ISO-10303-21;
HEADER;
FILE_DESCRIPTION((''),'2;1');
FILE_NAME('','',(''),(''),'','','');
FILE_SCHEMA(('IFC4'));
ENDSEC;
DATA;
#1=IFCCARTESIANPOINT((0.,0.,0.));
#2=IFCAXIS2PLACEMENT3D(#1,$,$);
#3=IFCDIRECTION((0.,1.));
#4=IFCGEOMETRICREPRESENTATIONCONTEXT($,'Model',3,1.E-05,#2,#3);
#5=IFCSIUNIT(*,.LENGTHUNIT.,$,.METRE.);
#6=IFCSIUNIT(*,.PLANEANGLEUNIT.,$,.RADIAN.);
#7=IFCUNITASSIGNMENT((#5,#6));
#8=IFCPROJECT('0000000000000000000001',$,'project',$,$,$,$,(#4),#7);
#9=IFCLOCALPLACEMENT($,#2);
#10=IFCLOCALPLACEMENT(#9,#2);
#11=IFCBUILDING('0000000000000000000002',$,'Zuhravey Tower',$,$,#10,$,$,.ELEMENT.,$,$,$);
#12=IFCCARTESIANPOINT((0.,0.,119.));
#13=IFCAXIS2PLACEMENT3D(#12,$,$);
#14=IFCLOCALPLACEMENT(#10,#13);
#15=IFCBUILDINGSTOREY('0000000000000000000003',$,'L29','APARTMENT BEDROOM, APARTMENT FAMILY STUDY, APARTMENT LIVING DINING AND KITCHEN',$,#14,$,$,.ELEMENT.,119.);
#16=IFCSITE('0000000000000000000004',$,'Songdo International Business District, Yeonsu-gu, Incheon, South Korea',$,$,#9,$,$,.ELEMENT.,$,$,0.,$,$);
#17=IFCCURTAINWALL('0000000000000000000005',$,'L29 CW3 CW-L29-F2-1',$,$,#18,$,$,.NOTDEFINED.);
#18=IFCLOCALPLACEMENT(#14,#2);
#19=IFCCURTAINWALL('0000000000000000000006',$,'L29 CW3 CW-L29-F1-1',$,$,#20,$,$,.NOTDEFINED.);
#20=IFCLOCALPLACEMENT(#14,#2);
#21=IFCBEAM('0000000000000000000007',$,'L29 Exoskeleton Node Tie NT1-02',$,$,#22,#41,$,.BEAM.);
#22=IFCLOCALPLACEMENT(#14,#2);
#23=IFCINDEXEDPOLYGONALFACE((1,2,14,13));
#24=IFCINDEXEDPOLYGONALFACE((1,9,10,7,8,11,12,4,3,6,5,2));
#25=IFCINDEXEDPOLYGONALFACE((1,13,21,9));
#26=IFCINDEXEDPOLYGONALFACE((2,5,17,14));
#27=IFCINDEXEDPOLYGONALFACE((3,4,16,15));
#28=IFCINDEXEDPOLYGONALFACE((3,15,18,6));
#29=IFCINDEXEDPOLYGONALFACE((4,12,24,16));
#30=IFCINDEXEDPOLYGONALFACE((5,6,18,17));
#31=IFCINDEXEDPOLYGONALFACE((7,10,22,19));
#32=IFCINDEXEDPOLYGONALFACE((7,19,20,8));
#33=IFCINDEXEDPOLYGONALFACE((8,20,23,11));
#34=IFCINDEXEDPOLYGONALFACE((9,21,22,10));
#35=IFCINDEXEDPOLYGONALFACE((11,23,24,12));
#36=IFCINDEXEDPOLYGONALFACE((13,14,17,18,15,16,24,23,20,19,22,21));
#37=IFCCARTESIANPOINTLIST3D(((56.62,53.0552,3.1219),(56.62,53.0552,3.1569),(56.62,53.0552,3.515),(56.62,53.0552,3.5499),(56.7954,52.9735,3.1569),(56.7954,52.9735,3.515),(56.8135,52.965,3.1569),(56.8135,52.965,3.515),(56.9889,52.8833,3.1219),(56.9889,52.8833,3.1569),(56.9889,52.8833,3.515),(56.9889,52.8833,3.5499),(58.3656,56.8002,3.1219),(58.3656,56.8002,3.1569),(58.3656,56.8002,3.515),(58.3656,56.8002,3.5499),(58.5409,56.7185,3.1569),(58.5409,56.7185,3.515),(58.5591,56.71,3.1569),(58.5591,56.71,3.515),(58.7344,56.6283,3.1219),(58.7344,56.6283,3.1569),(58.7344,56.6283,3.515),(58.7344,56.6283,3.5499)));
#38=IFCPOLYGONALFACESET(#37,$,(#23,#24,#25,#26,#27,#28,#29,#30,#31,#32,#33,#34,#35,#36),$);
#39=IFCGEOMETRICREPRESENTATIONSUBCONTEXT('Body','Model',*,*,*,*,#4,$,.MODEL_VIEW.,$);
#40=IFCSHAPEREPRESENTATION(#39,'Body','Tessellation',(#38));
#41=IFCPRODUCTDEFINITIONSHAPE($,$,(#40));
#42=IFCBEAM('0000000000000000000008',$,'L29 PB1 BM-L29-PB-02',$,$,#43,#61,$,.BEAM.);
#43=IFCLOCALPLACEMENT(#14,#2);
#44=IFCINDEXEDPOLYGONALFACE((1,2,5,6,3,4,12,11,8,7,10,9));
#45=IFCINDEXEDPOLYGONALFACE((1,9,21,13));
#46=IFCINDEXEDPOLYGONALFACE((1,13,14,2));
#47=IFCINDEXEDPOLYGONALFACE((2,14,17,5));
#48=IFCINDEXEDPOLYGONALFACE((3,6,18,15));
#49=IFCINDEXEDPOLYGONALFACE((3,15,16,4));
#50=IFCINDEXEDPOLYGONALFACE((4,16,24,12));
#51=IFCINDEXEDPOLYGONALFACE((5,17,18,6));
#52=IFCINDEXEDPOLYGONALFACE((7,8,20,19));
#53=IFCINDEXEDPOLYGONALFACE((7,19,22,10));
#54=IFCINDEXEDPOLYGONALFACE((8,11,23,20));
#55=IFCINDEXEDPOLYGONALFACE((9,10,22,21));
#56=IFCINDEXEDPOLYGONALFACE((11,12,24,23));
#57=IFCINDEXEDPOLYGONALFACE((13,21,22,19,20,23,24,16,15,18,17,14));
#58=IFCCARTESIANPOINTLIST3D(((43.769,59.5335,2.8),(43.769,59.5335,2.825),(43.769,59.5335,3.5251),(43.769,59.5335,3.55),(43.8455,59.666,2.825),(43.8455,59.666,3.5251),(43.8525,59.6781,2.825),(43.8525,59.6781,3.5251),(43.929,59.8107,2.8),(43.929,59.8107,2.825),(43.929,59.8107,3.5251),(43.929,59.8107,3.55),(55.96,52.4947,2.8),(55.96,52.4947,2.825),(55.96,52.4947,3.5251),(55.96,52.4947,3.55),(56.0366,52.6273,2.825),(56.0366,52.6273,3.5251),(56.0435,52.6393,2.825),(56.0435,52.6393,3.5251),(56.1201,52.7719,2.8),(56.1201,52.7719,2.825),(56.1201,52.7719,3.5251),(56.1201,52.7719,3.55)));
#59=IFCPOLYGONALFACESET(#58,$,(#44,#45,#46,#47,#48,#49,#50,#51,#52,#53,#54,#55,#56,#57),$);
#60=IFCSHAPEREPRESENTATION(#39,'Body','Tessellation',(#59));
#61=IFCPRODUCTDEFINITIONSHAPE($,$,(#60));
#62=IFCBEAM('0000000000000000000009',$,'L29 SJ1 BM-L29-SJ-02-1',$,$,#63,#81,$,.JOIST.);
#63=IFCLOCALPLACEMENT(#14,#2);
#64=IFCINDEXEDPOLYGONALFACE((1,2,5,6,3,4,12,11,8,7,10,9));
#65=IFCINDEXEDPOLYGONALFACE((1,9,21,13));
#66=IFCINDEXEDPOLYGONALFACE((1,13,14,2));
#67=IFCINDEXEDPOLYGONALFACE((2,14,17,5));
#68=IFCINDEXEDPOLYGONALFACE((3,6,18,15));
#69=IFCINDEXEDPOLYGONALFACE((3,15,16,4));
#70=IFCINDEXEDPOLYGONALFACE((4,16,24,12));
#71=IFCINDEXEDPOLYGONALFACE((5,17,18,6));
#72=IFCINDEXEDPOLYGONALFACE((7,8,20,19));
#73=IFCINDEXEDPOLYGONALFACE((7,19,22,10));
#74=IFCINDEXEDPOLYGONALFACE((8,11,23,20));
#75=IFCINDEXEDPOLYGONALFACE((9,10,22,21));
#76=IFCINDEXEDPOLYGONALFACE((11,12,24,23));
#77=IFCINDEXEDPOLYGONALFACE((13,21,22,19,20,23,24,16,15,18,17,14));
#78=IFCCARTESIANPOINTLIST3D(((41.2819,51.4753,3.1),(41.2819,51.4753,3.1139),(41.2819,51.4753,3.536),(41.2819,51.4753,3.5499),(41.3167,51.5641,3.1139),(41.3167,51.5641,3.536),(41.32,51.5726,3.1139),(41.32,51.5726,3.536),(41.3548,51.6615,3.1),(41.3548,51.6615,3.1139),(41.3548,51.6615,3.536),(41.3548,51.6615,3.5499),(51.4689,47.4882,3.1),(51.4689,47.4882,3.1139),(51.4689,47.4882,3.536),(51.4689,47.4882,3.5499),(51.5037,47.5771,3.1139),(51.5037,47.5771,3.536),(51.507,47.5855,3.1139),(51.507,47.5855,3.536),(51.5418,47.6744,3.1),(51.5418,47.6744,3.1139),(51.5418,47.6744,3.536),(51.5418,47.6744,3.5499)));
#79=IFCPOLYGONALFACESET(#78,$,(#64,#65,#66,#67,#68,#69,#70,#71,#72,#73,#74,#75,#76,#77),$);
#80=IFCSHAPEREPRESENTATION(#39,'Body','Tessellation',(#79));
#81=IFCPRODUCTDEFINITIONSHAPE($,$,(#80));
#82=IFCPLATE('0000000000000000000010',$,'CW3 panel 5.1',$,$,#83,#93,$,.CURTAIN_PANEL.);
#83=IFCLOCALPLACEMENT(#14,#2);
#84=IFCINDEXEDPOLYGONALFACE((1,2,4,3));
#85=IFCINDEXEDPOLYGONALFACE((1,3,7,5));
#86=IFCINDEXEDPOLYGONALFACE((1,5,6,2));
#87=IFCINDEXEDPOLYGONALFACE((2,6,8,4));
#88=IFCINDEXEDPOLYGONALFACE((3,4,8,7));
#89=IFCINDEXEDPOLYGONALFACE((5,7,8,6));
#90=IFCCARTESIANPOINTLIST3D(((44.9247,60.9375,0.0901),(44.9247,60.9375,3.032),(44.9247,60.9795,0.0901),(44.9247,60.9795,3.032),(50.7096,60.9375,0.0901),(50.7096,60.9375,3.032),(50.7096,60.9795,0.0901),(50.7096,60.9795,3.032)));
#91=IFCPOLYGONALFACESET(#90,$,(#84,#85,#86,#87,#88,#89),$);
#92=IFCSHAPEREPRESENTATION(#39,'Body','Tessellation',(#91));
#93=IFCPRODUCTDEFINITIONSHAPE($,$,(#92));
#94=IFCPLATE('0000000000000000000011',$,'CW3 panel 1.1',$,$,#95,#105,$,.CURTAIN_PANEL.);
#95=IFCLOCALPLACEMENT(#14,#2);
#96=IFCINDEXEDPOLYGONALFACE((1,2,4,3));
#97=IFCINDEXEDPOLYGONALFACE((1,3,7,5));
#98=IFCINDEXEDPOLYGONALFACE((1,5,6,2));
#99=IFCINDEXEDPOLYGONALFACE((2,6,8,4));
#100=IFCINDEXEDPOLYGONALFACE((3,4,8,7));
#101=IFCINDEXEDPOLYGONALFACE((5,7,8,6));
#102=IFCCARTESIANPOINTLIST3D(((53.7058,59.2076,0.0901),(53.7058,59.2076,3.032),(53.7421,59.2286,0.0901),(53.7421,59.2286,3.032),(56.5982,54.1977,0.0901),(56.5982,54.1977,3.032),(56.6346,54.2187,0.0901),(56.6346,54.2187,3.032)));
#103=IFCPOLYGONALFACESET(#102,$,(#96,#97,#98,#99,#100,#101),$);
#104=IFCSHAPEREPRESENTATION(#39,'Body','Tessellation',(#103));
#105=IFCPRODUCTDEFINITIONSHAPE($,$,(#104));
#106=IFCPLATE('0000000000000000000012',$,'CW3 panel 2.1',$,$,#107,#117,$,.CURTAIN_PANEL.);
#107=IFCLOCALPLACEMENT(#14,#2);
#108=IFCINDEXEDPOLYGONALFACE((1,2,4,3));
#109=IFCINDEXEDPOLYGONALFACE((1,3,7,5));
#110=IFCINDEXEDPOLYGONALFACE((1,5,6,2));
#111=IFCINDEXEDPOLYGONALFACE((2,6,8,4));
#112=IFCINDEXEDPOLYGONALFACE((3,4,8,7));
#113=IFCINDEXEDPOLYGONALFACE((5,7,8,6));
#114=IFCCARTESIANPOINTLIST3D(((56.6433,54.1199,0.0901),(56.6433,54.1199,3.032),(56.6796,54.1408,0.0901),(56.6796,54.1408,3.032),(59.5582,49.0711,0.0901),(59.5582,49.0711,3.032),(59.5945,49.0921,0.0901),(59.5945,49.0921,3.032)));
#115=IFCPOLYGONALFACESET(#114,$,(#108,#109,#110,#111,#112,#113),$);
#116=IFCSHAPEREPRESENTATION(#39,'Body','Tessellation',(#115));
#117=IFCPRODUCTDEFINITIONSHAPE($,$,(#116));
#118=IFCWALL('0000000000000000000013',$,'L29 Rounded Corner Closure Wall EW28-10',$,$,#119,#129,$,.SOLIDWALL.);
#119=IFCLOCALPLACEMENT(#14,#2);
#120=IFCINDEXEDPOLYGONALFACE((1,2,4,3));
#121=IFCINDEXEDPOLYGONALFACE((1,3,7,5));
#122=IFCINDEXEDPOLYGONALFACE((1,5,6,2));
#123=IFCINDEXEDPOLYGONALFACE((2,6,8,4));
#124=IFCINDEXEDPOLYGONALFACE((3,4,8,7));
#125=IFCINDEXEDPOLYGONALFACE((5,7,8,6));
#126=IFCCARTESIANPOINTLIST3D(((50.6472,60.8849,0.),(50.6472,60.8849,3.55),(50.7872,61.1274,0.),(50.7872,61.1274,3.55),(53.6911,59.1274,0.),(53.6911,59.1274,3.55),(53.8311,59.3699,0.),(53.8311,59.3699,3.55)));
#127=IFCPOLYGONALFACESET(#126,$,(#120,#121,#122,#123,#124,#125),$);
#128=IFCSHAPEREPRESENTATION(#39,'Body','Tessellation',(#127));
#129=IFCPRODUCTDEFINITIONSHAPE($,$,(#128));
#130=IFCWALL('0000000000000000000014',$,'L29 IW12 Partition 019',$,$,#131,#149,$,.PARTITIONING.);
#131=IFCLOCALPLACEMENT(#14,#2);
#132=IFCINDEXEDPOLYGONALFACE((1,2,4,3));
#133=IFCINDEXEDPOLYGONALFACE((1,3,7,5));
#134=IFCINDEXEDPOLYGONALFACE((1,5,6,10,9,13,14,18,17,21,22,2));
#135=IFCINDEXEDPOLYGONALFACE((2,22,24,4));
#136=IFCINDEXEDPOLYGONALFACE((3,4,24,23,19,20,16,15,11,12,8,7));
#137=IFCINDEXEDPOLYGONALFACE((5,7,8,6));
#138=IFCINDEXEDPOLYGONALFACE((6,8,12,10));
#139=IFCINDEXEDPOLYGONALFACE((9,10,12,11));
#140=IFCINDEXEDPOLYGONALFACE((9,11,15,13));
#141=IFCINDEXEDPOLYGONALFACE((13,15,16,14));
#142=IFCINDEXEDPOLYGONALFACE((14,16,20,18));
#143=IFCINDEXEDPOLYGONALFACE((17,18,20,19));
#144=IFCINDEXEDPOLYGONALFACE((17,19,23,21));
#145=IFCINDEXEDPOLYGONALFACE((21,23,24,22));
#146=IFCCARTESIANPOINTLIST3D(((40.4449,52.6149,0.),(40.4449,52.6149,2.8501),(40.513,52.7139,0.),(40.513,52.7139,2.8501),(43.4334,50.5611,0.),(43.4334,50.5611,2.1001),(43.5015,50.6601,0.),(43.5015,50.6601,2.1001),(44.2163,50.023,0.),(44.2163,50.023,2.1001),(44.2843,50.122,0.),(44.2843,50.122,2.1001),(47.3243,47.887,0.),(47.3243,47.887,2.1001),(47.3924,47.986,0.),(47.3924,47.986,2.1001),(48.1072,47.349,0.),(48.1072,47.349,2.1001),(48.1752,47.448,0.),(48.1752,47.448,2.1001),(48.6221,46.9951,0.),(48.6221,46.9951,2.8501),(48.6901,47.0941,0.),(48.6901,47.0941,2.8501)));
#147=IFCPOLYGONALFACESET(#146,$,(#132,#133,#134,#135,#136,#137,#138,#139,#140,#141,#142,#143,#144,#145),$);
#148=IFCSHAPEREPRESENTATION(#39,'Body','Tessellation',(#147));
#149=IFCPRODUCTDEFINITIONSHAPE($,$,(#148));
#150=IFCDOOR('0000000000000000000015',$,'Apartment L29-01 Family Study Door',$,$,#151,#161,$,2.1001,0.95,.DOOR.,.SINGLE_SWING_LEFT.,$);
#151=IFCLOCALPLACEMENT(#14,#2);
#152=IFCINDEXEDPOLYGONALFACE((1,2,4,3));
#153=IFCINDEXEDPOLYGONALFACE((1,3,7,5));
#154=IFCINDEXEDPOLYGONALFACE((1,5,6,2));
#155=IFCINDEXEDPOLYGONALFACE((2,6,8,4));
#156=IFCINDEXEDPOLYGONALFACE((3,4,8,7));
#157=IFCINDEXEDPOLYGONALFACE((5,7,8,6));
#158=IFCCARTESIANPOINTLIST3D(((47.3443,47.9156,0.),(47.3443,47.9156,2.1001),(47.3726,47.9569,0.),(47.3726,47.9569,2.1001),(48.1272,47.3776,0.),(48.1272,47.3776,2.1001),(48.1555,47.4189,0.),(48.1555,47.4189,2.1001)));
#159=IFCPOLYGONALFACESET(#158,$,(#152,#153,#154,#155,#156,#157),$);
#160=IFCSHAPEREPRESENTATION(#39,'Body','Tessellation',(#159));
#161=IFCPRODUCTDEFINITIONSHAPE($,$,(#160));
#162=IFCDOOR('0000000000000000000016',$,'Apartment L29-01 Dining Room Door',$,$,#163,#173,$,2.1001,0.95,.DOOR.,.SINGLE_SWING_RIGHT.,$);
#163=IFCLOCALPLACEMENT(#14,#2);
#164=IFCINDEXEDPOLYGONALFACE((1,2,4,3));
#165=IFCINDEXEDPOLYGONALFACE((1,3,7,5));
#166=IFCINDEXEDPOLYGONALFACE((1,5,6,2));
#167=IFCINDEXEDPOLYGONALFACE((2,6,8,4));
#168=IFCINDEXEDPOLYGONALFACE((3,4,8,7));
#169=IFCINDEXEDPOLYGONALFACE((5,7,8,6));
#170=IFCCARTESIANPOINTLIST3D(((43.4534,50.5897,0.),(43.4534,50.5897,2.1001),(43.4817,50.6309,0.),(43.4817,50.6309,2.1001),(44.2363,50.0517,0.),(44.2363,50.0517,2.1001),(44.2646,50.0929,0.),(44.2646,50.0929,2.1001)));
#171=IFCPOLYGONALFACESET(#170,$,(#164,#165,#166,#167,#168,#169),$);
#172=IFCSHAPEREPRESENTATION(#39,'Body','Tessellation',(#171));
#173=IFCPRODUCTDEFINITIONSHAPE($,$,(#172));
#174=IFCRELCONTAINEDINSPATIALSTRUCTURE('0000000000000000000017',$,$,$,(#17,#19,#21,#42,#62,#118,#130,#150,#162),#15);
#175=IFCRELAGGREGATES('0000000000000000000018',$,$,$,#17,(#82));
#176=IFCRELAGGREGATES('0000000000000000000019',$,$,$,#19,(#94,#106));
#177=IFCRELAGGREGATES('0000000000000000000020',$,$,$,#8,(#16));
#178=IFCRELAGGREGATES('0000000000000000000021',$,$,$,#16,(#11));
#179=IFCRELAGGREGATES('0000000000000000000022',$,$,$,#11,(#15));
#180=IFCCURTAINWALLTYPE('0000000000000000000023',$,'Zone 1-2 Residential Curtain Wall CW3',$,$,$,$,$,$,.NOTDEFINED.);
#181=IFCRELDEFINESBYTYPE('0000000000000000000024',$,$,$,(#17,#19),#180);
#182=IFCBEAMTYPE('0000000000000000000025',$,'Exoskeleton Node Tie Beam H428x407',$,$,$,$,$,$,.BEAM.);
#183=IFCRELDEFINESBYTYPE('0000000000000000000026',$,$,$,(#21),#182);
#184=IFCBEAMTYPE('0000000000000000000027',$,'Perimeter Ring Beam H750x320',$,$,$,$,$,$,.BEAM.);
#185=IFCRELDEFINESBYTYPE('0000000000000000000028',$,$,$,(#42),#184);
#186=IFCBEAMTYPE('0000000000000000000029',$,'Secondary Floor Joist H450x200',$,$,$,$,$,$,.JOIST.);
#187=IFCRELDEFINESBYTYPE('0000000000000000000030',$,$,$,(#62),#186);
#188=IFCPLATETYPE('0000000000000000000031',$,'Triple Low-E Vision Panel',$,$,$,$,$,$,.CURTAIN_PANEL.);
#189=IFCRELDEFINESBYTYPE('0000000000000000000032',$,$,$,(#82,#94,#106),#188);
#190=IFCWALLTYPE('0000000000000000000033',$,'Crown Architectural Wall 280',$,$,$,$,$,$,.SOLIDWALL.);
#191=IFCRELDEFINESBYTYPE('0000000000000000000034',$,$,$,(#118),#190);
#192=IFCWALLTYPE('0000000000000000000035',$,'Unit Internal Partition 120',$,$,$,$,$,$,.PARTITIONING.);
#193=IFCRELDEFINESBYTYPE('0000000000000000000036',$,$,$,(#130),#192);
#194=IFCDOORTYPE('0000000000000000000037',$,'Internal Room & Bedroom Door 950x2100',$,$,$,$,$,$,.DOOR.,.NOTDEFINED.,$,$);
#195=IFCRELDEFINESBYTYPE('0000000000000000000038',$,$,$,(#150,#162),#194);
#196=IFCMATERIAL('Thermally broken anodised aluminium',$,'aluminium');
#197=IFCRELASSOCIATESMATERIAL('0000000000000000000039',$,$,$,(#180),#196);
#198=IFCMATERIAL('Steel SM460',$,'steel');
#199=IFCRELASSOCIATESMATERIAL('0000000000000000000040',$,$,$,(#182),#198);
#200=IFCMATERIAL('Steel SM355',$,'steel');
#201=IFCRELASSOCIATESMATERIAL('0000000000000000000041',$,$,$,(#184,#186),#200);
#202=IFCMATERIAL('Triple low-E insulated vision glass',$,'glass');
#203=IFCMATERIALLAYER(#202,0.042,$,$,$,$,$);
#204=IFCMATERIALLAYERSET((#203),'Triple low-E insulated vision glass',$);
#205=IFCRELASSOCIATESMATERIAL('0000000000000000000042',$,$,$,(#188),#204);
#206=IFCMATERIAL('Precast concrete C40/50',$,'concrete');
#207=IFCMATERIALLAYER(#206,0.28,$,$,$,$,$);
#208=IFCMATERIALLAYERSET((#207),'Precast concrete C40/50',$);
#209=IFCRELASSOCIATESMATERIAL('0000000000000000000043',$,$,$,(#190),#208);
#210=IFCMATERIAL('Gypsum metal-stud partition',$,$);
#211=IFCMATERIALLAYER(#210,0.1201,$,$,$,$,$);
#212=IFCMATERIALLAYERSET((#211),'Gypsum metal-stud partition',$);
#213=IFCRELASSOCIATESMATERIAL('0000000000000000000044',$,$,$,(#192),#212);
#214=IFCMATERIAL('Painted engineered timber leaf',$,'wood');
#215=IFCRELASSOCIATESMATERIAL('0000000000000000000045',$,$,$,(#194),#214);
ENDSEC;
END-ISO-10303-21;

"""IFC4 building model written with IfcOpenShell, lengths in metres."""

from ifc_helpers import new_model, si_unit, direction, frame, frame_2d, origin, origin_2d, place, context, subcontext, project, spatial, rectangle, i_section, extrude, material, layer, layer_set, material_profile, profile_set, type_object, element, fill, aggregate, save


model = new_model("IFC4")

# Units and contexts
model_context = context("Model", 3, precision=1e-05, world=origin(), true_north=direction((0.0, 1.0)))
body_context = subcontext(model_context, "Body", "Model", "MODEL_VIEW")
ifc_project = project(units=[si_unit("LENGTHUNIT", "METRE"), si_unit("PLANEANGLEUNIT", "RADIAN")], contexts=[model_context])

# Site, building, storey
site_placement = place(None, origin())
site = spatial("IfcSite", under=ifc_project, at=site_placement, Name="Songdo International Business District, Yeonsu-gu, Incheon, South Korea", CompositionType="ELEMENT", RefElevation=0.0)
building_placement = place(site_placement, origin())
building = spatial("IfcBuilding", under=site, at=building_placement, Name="Zuhravey Tower", CompositionType="ELEMENT")
storey_placement = place(building_placement, frame((0.0, 0.0, 119.0)))
storey = spatial("IfcBuildingStorey", under=building, at=storey_placement, Name="L29", Description="APARTMENT BEDROOM, APARTMENT FAMILY STUDY, APARTMENT LIVING DINING AND KITCHEN", CompositionType="ELEMENT", Elevation=119.0)

# Curtain wall
ifc_material_1 = material(Name="Thermally broken anodised aluminium", Category="aluminium")
curtain_wall_type = type_object("IfcCurtainWallType", Name="Zone 1-2 Residential Curtain Wall CW3", PredefinedType="NOTDEFINED", material=ifc_material_1)
curtain_wall_1_placement = place(storey_placement, origin())
curtain_wall_1 = element("IfcCurtainWall", 1, at=curtain_wall_1_placement, inside=storey, type_object=curtain_wall_type, Name="L29 CW3 CW-L29-F2-1", PredefinedType="NOTDEFINED")

# Curtain wall
curtain_wall_2_placement = place(storey_placement, origin())
curtain_wall_2 = element("IfcCurtainWall", 2, at=curtain_wall_2_placement, inside=storey, type_object=curtain_wall_type, Name="L29 CW3 CW-L29-F1-1", PredefinedType="NOTDEFINED")

# Beams
ifc_material_2 = material(Name="Steel SM460", Category="steel")
ifc_material_profile_1 = material_profile(ifc_material_2, i_section(OverallWidth=0.407, OverallDepth=0.428, WebThickness=0.02, FlangeThickness=0.0349, at=origin_2d()), Name="H-428x407x20x35")
ifc_profile_set_1 = profile_set([ifc_material_profile_1], Name="Steel SM460")
beam_type_1 = type_object("IfcBeamType", Name="Exoskeleton Node Tie Beam H428x407", PredefinedType="BEAM", material=ifc_profile_set_1)
beam_1_placement = place(storey_placement, frame((56.8044, 52.9692, 3.3359), z_axis=(0.422465, 0.906379, 0.0), x_axis=(-0.906379, 0.422465, 0.0)))
element("IfcBeam", 3, at=beam_1_placement, inside=storey, type_object=beam_type_1, Name="L29 Exoskeleton Node Tie NT1-02", PredefinedType="BEAM", context=body_context, shape_type="SweptSolid", body=[
    extrude(i_section(OverallWidth=0.407, OverallDepth=0.428, WebThickness=0.02, FlangeThickness=0.0349, at=origin_2d()), origin(), (0.0, 0.0, 1.0), 4.1318),
])
ifc_material_3 = material(Name="Steel SM355", Category="steel")
ifc_material_profile_2 = material_profile(ifc_material_3, i_section(OverallWidth=0.3201, OverallDepth=0.75, WebThickness=0.0139, FlangeThickness=0.0249, at=origin_2d()), Name="H-750x320x14x25")
ifc_profile_set_2 = profile_set([ifc_material_profile_2], Name="Steel SM355")
beam_type_2 = type_object("IfcBeamType", Name="Perimeter Ring Beam H750x320", PredefinedType="BEAM", material=ifc_profile_set_2)
beam_2_placement = place(storey_placement, frame((56.04, 52.6333, 3.175), z_axis=(-0.866018, 0.500013, 0.0), x_axis=(-0.500013, -0.866018, 0.0)))
element("IfcBeam", 4, at=beam_2_placement, inside=storey, type_object=beam_type_2, Name="L29 PB1 BM-L29-PB-02", PredefinedType="BEAM", context=body_context, shape_type="SweptSolid", body=[
    extrude(i_section(OverallWidth=0.3201, OverallDepth=0.75, WebThickness=0.0139, FlangeThickness=0.0249, at=origin_2d()), origin(), (0.0, 0.0, 1.0), 14.0771),
])
ifc_material_profile_3 = material_profile(ifc_material_3, i_section(OverallWidth=0.2, OverallDepth=0.45, WebThickness=0.009, FlangeThickness=0.0139, at=origin_2d()), Name="H-450x200x9x14")
ifc_profile_set_3 = profile_set([ifc_material_profile_3], Name="Steel SM355")
beam_type_3 = type_object("IfcBeamType", Name="Secondary Floor Joist H450x200", PredefinedType="JOIST", material=ifc_profile_set_3)
beam_3_placement = place(storey_placement, frame((51.5054, 47.5813, 3.325), z_axis=(-0.931217, 0.364466, 0.0), x_axis=(-0.364466, -0.931217, 0.0)))
element("IfcBeam", 5, at=beam_3_placement, inside=storey, type_object=beam_type_3, Name="L29 SJ1 BM-L29-SJ-02-1", PredefinedType="JOIST", context=body_context, shape_type="SweptSolid", body=[
    extrude(i_section(OverallWidth=0.2, OverallDepth=0.45, WebThickness=0.009, FlangeThickness=0.0139, at=origin_2d()), origin(), (0.0, 0.0, 1.0), 10.9395),
])

# Plates
ifc_material_4 = material(Name="Triple low-E insulated vision glass", Category="glass")
ifc_layer_1 = layer(ifc_material_4, 0.042)
ifc_layer_set_1 = layer_set([ifc_layer_1], Name="Triple low-E insulated vision glass")
plate_type = type_object("IfcPlateType", Name="Triple Low-E Vision Panel", PredefinedType="CURTAIN_PANEL", material=ifc_layer_set_1)
plate_1_placement = place(storey_placement, frame((47.8171, 60.9585, 0.0901), z_axis=(0.0, 0.0, 1.0), x_axis=(1.0, 0.0, 0.0)))
plate_1 = element("IfcPlate", 6, at=plate_1_placement, type_object=plate_type, Name="CW3 panel 5.1", PredefinedType="CURTAIN_PANEL", context=body_context, shape_type="SweptSolid", body=[
    extrude(rectangle(XDim=5.7849, YDim=0.042, at=origin_2d()), origin(), (0.0, 0.0, 1.0), 2.9419),
])
aggregate(curtain_wall_1, [plate_1])
plate_2_placement = place(storey_placement, frame((55.1702, 56.7131, 0.0901), z_axis=(0.0, 0.0, 1.0), x_axis=(0.5, -0.866026, 0.0)))
plate_2 = element("IfcPlate", 7, at=plate_2_placement, type_object=plate_type, Name="CW3 panel 1.1", PredefinedType="CURTAIN_PANEL", context=body_context, shape_type="SweptSolid", body=[
    extrude(rectangle(XDim=5.7849, YDim=0.042, at=origin_2d()), origin(), (0.0, 0.0, 1.0), 2.9419),
])
plate_3_placement = place(storey_placement, frame((58.1189, 51.606, 0.0901), z_axis=(0.0, 0.0, 1.0), x_axis=(0.5, -0.866026, 0.0)))
plate_3 = element("IfcPlate", 8, at=plate_3_placement, type_object=plate_type, Name="CW3 panel 2.1", PredefinedType="CURTAIN_PANEL", context=body_context, shape_type="SweptSolid", body=[
    extrude(rectangle(XDim=5.8298, YDim=0.042, at=origin_2d()), origin(), (0.0, 0.0, 1.0), 2.9419),
])
aggregate(curtain_wall_2, [plate_2, plate_3])

# Wall
ifc_material_5 = material(Name="Precast concrete C40/50", Category="concrete")
ifc_layer_2 = layer(ifc_material_5, 0.28)
ifc_layer_set_2 = layer_set([ifc_layer_2], Name="Precast concrete C40/50")
wall_type_1 = type_object("IfcWallType", Name="Crown Architectural Wall 280", PredefinedType="SOLIDWALL", material=ifc_layer_set_2)
wall_1_placement = place(storey_placement, frame((50.7173, 61.0061, 0.0), z_axis=(0.0, 0.0, 1.0), x_axis=(0.866007, -0.500031, 0.0)))
element("IfcWall", 9, at=wall_1_placement, inside=storey, type_object=wall_type_1, Name="L29 Rounded Corner Closure Wall EW28-10", PredefinedType="SOLIDWALL", context=body_context, shape_type="SweptSolid", body=[
    extrude(rectangle(XDim=3.5149, YDim=0.28, at=frame_2d((1.7573, 0.0))), origin(), (0.0, 0.0, 1.0), 3.55),
])

# Wall, openings, doors
ifc_material_6 = material(Name="Gypsum metal-stud partition")
ifc_layer_3 = layer(ifc_material_6, 0.1201)
ifc_layer_set_3 = layer_set([ifc_layer_3], Name="Gypsum metal-stud partition")
wall_type_2 = type_object("IfcWallType", Name="Unit Internal Partition 120", PredefinedType="PARTITIONING", material=ifc_layer_set_3)
wall_2_placement = place(storey_placement, frame((48.656, 47.0447, 0.0), z_axis=(0.0, 0.0, 1.0), x_axis=(-0.824135, 0.566393, 0.0)))
wall_2 = element("IfcWall", 10, at=wall_2_placement, inside=storey, type_object=wall_type_2, Name="L29 IW12 Partition 019", PredefinedType="PARTITIONING", context=body_context, shape_type="SweptSolid", body=[
    extrude(rectangle(XDim=9.9221, YDim=0.1201, at=frame_2d((4.9609, 0.0))), origin(), (0.0, 0.0, 1.0), 2.8501),
])
opening_1_placement = place(wall_2_placement, frame((0.6245, 0.0, 0.0)))
opening_1 = element("IfcOpeningElement", 11, at=opening_1_placement, cuts=wall_2, PredefinedType="OPENING", context=body_context, shape_type="SweptSolid", body=[
    extrude(rectangle(XDim=0.95, YDim=2.1001, at=frame_2d((0.4751, 1.05))), frame((0.0, 0.072, 0.0), z_axis=(0.0, -1.0, 0.0), x_axis=(1.0, 0.0, 0.0)), (0.0, 0.0, 1.0), 0.144),
])
opening_2_placement = place(wall_2_placement, frame((5.3457, 0.0, 0.0)))
opening_2 = element("IfcOpeningElement", 12, at=opening_2_placement, cuts=wall_2, PredefinedType="OPENING", context=body_context, shape_type="SweptSolid", body=[
    extrude(rectangle(XDim=0.95, YDim=2.1001, at=frame_2d((0.4751, 1.05))), frame((0.0, 0.072, 0.0), z_axis=(0.0, -1.0, 0.0), x_axis=(1.0, 0.0, 0.0)), (0.0, 0.0, 1.0), 0.144),
])
ifc_material_7 = material(Name="Painted engineered timber leaf", Category="wood")
door_type = type_object("IfcDoorType", Name="Internal Room & Bedroom Door 950x2100", OperationType="NOTDEFINED", PredefinedType="DOOR", material=ifc_material_7)
door_1_placement = place(opening_1_placement, frame((0.95, 0.0, 0.0), z_axis=(0.0, 0.0, 1.0), x_axis=(-1.0, 0.0, 0.0)))
door_1 = element("IfcDoor", 13, at=door_1_placement, inside=storey, type_object=door_type, Name="Apartment L29-01 Family Study Door", OperationType="SINGLE_SWING_LEFT", OverallHeight=2.1001, OverallWidth=0.95, PredefinedType="DOOR", context=body_context, shape_type="SweptSolid", body=[
    extrude(rectangle(XDim=0.95, YDim=2.1001, at=frame_2d((0.4751, 1.05))), frame((0.0, 0.0249, 0.0), z_axis=(0.0, -1.0, 0.0), x_axis=(1.0, 0.0, 0.0)), (0.0, 0.0, 1.0), 0.05),
])
fill(opening_1, door_1)
door_2_placement = place(opening_2_placement, frame((0.95, 0.0, 0.0), z_axis=(0.0, 0.0, 1.0), x_axis=(-1.0, 0.0, 0.0)))
door_2 = element("IfcDoor", 14, at=door_2_placement, inside=storey, type_object=door_type, Name="Apartment L29-01 Dining Room Door", OperationType="SINGLE_SWING_RIGHT", OverallHeight=2.1001, OverallWidth=0.95, PredefinedType="DOOR", context=body_context, shape_type="SweptSolid", body=[
    extrude(rectangle(XDim=0.95, YDim=2.1001, at=frame_2d((0.4751, 1.05))), frame((0.0, 0.0249, 0.0), z_axis=(0.0, -1.0, 0.0), x_axis=(1.0, 0.0, 0.0)), (0.0, 0.0, 1.0), 0.05),
])
fill(opening_2, door_2)

save(model, "model.ifc")
